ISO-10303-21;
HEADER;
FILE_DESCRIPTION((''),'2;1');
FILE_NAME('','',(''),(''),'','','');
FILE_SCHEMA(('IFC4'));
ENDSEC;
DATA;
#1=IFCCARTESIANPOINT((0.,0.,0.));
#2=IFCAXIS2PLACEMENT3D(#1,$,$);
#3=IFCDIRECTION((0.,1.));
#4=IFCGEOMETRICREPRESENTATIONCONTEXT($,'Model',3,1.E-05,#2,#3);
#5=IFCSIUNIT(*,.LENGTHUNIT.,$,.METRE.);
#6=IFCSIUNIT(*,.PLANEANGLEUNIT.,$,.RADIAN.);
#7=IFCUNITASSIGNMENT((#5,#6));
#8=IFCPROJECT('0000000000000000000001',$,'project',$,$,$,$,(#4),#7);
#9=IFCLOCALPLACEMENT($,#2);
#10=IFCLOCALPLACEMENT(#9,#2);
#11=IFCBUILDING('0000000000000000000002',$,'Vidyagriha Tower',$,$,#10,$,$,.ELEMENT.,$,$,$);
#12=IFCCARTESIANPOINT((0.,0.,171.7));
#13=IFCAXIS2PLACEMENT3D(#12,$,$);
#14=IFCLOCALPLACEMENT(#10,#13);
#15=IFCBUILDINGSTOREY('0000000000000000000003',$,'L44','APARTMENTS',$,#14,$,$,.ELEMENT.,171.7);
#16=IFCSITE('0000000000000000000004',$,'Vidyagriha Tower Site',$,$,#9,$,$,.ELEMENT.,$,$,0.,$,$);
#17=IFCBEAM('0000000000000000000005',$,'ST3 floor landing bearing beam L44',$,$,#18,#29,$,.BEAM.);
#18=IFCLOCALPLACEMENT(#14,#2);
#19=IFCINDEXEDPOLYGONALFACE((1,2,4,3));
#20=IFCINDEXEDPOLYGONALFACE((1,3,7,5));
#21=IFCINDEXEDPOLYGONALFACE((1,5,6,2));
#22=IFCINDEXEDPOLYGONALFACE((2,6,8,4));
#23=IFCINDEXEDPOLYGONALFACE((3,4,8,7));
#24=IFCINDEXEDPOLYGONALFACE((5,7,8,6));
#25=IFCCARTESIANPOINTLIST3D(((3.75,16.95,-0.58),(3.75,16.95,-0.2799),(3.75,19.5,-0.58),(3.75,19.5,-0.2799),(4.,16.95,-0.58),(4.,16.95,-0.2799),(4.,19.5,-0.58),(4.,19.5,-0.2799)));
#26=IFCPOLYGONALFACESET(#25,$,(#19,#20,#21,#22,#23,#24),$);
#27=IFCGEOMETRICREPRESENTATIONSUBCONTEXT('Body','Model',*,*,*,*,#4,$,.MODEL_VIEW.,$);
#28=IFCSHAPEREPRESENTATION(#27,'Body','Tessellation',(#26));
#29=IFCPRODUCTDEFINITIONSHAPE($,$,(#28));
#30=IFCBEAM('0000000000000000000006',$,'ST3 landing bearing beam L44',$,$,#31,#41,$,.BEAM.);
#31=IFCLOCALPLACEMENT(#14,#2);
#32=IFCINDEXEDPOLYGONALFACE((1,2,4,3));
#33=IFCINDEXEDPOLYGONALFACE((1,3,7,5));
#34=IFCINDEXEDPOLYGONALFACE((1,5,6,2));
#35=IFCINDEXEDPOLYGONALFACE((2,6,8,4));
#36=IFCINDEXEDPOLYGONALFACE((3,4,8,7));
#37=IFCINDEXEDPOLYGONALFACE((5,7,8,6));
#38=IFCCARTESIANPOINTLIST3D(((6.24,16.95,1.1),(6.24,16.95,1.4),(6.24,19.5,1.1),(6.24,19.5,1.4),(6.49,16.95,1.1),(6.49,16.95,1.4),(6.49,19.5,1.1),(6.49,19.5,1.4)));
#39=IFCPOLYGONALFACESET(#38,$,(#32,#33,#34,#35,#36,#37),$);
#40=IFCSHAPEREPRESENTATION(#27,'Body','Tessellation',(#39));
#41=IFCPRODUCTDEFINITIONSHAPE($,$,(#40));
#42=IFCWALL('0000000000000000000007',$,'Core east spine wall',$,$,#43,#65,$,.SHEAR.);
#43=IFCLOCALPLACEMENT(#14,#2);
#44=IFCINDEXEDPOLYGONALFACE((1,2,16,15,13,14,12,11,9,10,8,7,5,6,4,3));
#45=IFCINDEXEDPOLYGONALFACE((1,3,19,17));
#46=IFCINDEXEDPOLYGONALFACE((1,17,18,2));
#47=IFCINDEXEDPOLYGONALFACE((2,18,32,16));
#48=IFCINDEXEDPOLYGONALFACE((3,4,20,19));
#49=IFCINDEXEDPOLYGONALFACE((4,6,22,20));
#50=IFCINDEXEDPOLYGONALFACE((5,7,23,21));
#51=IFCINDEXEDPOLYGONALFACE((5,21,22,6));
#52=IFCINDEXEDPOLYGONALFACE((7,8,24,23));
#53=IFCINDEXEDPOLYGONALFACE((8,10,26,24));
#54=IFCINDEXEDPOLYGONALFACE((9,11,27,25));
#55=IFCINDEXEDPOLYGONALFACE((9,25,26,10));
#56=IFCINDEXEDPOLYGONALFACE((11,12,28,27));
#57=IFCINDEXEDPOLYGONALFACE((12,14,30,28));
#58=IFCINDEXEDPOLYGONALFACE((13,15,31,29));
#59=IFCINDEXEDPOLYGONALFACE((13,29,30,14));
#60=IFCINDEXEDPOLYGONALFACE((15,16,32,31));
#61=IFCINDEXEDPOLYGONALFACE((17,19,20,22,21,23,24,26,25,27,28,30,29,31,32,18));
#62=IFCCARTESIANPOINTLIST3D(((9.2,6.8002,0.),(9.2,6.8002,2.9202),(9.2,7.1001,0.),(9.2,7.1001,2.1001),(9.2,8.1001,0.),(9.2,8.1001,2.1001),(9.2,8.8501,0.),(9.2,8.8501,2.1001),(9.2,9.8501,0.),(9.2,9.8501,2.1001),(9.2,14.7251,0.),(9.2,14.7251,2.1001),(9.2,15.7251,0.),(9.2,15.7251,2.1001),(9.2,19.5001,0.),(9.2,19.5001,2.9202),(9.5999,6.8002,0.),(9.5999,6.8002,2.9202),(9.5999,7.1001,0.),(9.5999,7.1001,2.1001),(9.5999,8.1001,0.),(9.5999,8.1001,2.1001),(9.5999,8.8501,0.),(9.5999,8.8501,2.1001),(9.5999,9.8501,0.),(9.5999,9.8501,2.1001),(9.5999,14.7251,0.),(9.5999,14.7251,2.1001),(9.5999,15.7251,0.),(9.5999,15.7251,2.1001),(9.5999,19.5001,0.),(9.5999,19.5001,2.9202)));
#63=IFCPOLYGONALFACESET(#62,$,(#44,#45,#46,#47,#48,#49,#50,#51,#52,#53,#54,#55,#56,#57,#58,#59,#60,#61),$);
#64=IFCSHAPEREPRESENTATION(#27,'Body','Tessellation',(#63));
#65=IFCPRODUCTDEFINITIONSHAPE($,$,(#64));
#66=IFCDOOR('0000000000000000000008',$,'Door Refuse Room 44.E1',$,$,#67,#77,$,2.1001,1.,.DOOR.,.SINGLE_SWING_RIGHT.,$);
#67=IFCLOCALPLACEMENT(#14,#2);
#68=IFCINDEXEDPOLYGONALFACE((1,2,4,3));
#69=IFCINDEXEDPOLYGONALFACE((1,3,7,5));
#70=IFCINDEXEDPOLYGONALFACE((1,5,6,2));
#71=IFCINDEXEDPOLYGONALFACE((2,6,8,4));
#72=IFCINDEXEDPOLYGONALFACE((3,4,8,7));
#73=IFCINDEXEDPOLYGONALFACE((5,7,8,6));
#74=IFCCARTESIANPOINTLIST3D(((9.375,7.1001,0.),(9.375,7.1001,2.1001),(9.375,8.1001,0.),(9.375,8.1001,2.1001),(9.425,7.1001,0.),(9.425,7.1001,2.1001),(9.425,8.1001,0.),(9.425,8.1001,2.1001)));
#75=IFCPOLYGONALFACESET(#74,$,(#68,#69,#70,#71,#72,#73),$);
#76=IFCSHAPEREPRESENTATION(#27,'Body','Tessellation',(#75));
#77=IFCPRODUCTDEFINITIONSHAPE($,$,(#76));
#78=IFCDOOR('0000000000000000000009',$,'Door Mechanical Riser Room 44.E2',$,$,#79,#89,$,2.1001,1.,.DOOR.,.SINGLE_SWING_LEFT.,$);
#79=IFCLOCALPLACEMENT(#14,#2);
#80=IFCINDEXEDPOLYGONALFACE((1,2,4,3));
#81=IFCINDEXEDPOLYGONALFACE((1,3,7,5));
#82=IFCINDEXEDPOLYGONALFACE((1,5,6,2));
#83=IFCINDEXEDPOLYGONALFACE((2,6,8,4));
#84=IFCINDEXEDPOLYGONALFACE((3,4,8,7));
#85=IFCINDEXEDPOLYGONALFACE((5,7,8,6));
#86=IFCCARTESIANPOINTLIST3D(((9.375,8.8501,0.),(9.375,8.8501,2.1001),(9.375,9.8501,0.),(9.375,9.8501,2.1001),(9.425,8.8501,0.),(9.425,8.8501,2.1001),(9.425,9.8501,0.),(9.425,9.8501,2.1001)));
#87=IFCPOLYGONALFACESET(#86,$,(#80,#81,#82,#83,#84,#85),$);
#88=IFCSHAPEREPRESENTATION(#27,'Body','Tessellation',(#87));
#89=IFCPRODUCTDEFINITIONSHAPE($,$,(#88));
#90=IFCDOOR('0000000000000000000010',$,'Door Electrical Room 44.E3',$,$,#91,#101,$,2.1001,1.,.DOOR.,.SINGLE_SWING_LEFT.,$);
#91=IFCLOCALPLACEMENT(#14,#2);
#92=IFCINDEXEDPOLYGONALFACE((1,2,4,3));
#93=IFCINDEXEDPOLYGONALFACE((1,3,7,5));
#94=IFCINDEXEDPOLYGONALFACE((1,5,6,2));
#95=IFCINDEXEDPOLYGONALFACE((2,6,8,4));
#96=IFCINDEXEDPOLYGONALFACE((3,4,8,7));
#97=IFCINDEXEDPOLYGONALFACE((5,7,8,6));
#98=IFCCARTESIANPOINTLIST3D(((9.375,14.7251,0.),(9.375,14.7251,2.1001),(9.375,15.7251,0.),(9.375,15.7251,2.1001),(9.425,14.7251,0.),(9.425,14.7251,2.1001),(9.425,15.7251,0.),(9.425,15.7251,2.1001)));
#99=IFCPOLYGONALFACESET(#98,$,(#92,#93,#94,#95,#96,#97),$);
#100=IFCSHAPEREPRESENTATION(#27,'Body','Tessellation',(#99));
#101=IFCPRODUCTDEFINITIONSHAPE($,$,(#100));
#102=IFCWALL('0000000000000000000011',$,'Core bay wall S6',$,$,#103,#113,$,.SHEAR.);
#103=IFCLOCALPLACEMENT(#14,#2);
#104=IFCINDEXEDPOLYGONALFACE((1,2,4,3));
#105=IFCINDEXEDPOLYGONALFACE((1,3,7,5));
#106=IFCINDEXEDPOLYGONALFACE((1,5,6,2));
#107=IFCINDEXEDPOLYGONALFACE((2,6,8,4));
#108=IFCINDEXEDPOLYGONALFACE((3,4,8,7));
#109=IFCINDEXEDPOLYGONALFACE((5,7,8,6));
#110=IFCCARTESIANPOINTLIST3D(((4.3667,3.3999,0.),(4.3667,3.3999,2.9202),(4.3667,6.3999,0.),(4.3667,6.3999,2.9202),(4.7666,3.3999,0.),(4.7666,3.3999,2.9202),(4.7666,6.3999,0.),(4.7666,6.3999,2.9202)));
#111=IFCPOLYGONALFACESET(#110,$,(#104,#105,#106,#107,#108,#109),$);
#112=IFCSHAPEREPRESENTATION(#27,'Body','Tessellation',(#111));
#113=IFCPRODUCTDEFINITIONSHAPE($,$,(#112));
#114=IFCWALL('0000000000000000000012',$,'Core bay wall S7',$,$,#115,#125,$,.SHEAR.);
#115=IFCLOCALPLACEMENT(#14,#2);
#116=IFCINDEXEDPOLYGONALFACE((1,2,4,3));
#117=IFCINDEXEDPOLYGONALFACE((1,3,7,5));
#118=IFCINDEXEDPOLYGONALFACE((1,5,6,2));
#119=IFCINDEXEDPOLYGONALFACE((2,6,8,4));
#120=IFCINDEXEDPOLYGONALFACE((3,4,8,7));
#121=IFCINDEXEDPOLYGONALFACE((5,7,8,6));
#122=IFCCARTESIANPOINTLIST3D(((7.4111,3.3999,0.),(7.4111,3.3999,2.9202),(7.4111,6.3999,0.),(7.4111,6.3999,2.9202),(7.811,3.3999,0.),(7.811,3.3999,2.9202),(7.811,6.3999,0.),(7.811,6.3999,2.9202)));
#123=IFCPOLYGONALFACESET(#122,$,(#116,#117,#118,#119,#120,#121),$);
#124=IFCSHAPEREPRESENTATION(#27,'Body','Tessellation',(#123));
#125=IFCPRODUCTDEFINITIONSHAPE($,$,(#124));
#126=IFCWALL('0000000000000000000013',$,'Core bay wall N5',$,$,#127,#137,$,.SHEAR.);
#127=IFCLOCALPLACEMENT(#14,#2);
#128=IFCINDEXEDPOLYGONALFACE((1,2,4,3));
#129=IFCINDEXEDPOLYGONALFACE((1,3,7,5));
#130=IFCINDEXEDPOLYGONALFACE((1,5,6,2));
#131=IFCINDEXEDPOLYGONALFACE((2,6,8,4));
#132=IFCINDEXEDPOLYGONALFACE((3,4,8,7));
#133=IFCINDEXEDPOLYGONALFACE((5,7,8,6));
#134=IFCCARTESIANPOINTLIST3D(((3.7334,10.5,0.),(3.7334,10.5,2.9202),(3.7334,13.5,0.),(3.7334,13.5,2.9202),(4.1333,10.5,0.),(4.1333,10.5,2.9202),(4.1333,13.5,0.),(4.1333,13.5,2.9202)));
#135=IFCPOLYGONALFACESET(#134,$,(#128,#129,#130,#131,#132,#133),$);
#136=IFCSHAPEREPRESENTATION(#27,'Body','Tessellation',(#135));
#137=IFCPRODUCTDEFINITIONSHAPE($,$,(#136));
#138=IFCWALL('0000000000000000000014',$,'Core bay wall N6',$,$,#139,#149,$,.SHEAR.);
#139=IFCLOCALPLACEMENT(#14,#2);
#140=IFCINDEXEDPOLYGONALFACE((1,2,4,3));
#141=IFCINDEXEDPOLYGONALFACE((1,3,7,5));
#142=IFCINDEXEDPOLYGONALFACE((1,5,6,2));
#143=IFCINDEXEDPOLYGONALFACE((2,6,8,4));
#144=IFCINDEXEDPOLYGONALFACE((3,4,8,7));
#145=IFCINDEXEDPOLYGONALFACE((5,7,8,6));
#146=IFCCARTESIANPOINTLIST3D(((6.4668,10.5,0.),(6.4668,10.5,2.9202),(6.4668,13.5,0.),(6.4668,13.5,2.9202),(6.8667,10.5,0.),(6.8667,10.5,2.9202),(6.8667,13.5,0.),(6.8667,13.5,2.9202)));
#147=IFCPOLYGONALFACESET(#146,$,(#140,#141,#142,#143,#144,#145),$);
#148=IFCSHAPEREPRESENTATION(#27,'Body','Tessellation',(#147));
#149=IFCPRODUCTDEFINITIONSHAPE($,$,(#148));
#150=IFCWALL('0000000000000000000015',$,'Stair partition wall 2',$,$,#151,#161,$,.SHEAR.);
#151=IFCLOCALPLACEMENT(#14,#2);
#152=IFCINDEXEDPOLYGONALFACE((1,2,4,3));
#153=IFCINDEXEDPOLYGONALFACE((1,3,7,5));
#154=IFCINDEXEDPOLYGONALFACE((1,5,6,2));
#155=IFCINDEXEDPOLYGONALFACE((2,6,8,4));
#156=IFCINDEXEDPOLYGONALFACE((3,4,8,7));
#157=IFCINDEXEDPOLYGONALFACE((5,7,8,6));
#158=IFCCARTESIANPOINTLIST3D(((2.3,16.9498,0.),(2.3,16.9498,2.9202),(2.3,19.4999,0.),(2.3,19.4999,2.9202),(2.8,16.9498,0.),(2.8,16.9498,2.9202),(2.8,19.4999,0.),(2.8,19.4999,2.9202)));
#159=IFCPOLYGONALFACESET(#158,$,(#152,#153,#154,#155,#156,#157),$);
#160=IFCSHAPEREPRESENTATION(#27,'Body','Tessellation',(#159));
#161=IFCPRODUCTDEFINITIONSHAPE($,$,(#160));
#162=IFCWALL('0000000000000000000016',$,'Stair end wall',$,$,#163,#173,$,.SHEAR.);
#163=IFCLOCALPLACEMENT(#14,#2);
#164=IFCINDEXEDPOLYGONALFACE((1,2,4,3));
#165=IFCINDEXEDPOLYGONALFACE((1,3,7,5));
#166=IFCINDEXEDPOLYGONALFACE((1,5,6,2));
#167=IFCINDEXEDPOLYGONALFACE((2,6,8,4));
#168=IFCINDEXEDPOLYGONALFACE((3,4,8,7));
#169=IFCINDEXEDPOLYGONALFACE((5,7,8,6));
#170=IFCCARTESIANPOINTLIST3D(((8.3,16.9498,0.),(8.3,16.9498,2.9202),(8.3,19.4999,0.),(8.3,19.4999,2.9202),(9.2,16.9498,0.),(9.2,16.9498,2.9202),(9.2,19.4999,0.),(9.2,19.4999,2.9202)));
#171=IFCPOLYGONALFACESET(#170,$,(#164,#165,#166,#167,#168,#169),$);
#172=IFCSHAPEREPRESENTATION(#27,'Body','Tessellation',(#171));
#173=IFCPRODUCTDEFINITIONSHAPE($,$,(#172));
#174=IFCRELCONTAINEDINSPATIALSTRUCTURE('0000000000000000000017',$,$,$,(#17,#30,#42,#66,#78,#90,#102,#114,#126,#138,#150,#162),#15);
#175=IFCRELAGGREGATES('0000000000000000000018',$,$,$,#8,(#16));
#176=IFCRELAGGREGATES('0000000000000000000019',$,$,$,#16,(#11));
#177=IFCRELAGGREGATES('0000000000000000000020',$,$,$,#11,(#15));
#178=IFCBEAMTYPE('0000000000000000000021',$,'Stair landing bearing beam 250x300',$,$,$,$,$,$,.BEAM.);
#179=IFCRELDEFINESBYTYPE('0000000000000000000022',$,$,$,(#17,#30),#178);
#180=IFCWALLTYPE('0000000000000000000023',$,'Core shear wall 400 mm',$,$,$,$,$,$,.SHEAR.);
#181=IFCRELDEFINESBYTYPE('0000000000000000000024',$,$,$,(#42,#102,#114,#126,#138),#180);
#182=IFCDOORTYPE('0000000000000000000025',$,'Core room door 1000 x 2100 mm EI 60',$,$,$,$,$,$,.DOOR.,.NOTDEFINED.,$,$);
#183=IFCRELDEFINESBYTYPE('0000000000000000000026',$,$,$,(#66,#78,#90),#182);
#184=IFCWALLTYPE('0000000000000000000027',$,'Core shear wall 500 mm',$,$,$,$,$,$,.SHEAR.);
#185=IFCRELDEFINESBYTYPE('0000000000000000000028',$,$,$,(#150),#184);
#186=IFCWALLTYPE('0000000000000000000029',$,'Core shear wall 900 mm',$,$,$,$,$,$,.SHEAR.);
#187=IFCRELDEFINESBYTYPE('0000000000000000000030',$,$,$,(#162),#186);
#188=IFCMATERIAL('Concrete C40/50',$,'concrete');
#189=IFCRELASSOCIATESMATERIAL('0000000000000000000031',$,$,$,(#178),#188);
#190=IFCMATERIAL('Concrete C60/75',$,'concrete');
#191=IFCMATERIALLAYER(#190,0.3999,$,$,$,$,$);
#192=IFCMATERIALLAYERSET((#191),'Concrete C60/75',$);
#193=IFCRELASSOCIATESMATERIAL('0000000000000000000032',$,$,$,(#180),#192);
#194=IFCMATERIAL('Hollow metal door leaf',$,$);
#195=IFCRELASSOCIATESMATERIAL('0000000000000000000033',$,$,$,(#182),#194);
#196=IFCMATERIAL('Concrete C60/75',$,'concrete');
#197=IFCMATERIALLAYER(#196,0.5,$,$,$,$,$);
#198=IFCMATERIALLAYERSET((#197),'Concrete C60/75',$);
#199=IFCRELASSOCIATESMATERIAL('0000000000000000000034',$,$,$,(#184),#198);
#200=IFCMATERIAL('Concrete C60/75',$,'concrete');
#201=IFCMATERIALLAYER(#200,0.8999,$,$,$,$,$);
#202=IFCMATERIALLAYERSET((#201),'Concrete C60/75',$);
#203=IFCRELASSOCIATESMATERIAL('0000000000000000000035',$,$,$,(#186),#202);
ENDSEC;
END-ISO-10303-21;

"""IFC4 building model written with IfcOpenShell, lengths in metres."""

from ifc_helpers import new_model, si_unit, direction, frame, frame_2d, origin, origin_2d, place, context, subcontext, project, spatial, rectangle, extrude, material, layer, layer_set, material_profile, profile_set, type_object, element, fill, save


model = new_model("IFC4")

# Units and contexts
model_context = context("Model", 3, precision=1e-05, world=origin(), true_north=direction((0.0, 1.0)))
body_context = subcontext(model_context, "Body", "Model", "MODEL_VIEW")
ifc_project = project(units=[si_unit("LENGTHUNIT", "METRE"), si_unit("PLANEANGLEUNIT", "RADIAN")], contexts=[model_context])

# Site, building, storey
site_placement = place(None, origin())
site = spatial("IfcSite", under=ifc_project, at=site_placement, Name="Vidyagriha Tower Site", CompositionType="ELEMENT", RefElevation=0.0)
building_placement = place(site_placement, origin())
building = spatial("IfcBuilding", under=site, at=building_placement, Name="Vidyagriha Tower", CompositionType="ELEMENT")
storey_placement = place(building_placement, frame((0.0, 0.0, 171.7)))
storey = spatial("IfcBuildingStorey", under=building, at=storey_placement, Name="L44", Description="APARTMENTS", CompositionType="ELEMENT", Elevation=171.7)

# Beams
ifc_material_1 = material(Name="Concrete C40/50", Category="concrete")
ifc_material_profile = material_profile(ifc_material_1, rectangle(XDim=0.25, YDim=0.3, at=origin_2d()), Name="Stair landing bearing beam 250x300")
ifc_profile_set = profile_set([ifc_material_profile], Name="Concrete C40/50")
beam_type = type_object("IfcBeamType", Name="Stair landing bearing beam 250x300", PredefinedType="BEAM", material=ifc_profile_set)
for number, where, z_axis, x_axis, name in (
    (1, (3.875, 16.95, -0.4299), (0.0, 1.0, 0.0), (-1.0, 0.0, 0.0), "ST3 floor landing bearing beam L44"),
    (2, (6.365, 16.95, 1.25), (0.0, 1.0, 0.0), (-1.0, 0.0, 0.0), "ST3 landing bearing beam L44"),
):
    element("IfcBeam", number, at=place(storey_placement, frame(where, z_axis=z_axis, x_axis=x_axis)), inside=storey, type_object=beam_type, Name=name, PredefinedType="BEAM", context=body_context, shape_type="SweptSolid", body=[
        extrude(rectangle(XDim=0.25, YDim=0.3, at=origin_2d()), origin(), (0.0, 0.0, 1.0), 2.55),
    ])

# Wall, openings, doors
ifc_material_2 = material(Name="Concrete C60/75", Category="concrete")
ifc_layer_1 = layer(ifc_material_2, 0.3999)
ifc_layer_set_1 = layer_set([ifc_layer_1], Name="Concrete C60/75")
wall_type_1 = type_object("IfcWallType", Name="Core shear wall 400 mm", PredefinedType="SHEAR", material=ifc_layer_set_1)
wall_1_placement = place(storey_placement, frame((9.3999, 6.8, 0.0), z_axis=(0.0, 0.0, 1.0), x_axis=(0.0, 1.0, 0.0)))
wall_1 = element("IfcWall", 3, at=wall_1_placement, inside=storey, type_object=wall_type_1, Name="Core east spine wall", PredefinedType="SHEAR", context=body_context, shape_type="SweptSolid", body=[
    extrude(rectangle(XDim=12.7, YDim=0.3999, at=frame_2d((6.3501, 0.0))), origin(), (0.0, 0.0, 1.0), 2.9202),
])
opening_1_placement = place(wall_1_placement, frame((0.3, 0.0, 0.0)))
opening_1 = element("IfcOpeningElement", 4, at=opening_1_placement, cuts=wall_1, PredefinedType="OPENING", context=body_context, shape_type="SweptSolid", body=[
    extrude(rectangle(XDim=1.0, YDim=2.1001, at=frame_2d((0.5, 1.05))), frame((0.0, 0.21, 0.0), z_axis=(0.0, -1.0, 0.0), x_axis=(1.0, 0.0, 0.0)), (0.0, 0.0, 1.0), 0.4199),
])
opening_2_placement = place(wall_1_placement, frame((2.05, 0.0, 0.0)))
opening_2 = element("IfcOpeningElement", 5, at=opening_2_placement, cuts=wall_1, PredefinedType="OPENING", context=body_context, shape_type="SweptSolid", body=[
    extrude(rectangle(XDim=1.0, YDim=2.1001, at=frame_2d((0.5, 1.05))), frame((0.0, 0.21, 0.0), z_axis=(0.0, -1.0, 0.0), x_axis=(1.0, 0.0, 0.0)), (0.0, 0.0, 1.0), 0.4199),
])
opening_3_placement = place(wall_1_placement, frame((7.925, 0.0, 0.0)))
opening_3 = element("IfcOpeningElement", 6, at=opening_3_placement, cuts=wall_1, PredefinedType="OPENING", context=body_context, shape_type="SweptSolid", body=[
    extrude(rectangle(XDim=1.0, YDim=2.1001, at=frame_2d((0.5, 1.05))), frame((0.0, 0.21, 0.0), z_axis=(0.0, -1.0, 0.0), x_axis=(1.0, 0.0, 0.0)), (0.0, 0.0, 1.0), 0.4199),
])
ifc_material_3 = material(Name="Hollow metal door leaf")
door_type_1 = type_object("IfcDoorType", Name="Core room door 1000 x 2100 mm EI 60", OperationType="NOTDEFINED", PredefinedType="DOOR", material=ifc_material_3)
door_1_placement = place(opening_1_placement, origin())
door_1 = element("IfcDoor", 7, at=door_1_placement, inside=storey, type_object=door_type_1, Name="Door Refuse Room 44.E1", OperationType="SINGLE_SWING_RIGHT", OverallHeight=2.1001, OverallWidth=1.0, PredefinedType="DOOR", context=body_context, shape_type="SweptSolid", body=[
    extrude(rectangle(XDim=1.0, YDim=2.1001, at=frame_2d((0.5, 1.05))), frame((0.0, 0.0249, 0.0), z_axis=(0.0, -1.0, 0.0), x_axis=(1.0, 0.0, 0.0)), (0.0, 0.0, 1.0), 0.05),
])
fill(opening_1, door_1)
door_2_placement = place(opening_2_placement, origin())
door_2 = element("IfcDoor", 8, at=door_2_placement, inside=storey, type_object=door_type_1, Name="Door Mechanical Riser Room 44.E2", OperationType="SINGLE_SWING_LEFT", OverallHeight=2.1001, OverallWidth=1.0, PredefinedType="DOOR", context=body_context, shape_type="SweptSolid", body=[
    extrude(rectangle(XDim=1.0, YDim=2.1001, at=frame_2d((0.5, 1.05))), frame((0.0, 0.0249, 0.0), z_axis=(0.0, -1.0, 0.0), x_axis=(1.0, 0.0, 0.0)), (0.0, 0.0, 1.0), 0.05),
])
fill(opening_2, door_2)
door_3_placement = place(opening_3_placement, origin())
door_3 = element("IfcDoor", 9, at=door_3_placement, inside=storey, type_object=door_type_1, Name="Door Electrical Room 44.E3", OperationType="SINGLE_SWING_LEFT", OverallHeight=2.1001, OverallWidth=1.0, PredefinedType="DOOR", context=body_context, shape_type="SweptSolid", body=[
    extrude(rectangle(XDim=1.0, YDim=2.1001, at=frame_2d((0.5, 1.05))), frame((0.0, 0.0249, 0.0), z_axis=(0.0, -1.0, 0.0), x_axis=(1.0, 0.0, 0.0)), (0.0, 0.0, 1.0), 0.05),
])
fill(opening_3, door_3)

# Walls
for number, where, z_axis, x_axis, name in (
    (10, (4.5667, 3.3999, 0.0), (0.0, 0.0, 1.0), (0.0, 1.0, 0.0), "Core bay wall S6"),
    (11, (7.6111, 3.3999, 0.0), (0.0, 0.0, 1.0), (0.0, 1.0, 0.0), "Core bay wall S7"),
    (12, (3.9333, 10.5, 0.0), (0.0, 0.0, 1.0), (0.0, 1.0, 0.0), "Core bay wall N5"),
    (13, (6.6667, 10.5, 0.0), (0.0, 0.0, 1.0), (0.0, 1.0, 0.0), "Core bay wall N6"),
):
    element("IfcWall", number, at=place(storey_placement, frame(where, z_axis=z_axis, x_axis=x_axis)), inside=storey, type_object=wall_type_1, Name=name, PredefinedType="SHEAR", context=body_context, shape_type="SweptSolid", body=[
        extrude(rectangle(XDim=3.0, YDim=0.3999, at=frame_2d((1.5, 0.0))), origin(), (0.0, 0.0, 1.0), 2.9202),
    ])
ifc_material_4 = material(Name="Concrete C60/75", Category="concrete")
ifc_layer_2 = layer(ifc_material_4, 0.5)
ifc_layer_set_2 = layer_set([ifc_layer_2], Name="Concrete C60/75")
wall_type_2 = type_object("IfcWallType", Name="Core shear wall 500 mm", PredefinedType="SHEAR", material=ifc_layer_set_2)
wall_2_placement = place(storey_placement, frame((2.55, 16.95, 0.0), z_axis=(0.0, 0.0, 1.0), x_axis=(0.0, 1.0, 0.0)))
element("IfcWall", 14, at=wall_2_placement, inside=storey, type_object=wall_type_2, Name="Stair partition wall 2", PredefinedType="SHEAR", context=body_context, shape_type="SweptSolid", body=[
    extrude(rectangle(XDim=2.55, YDim=0.5, at=frame_2d((1.2749, 0.0))), origin(), (0.0, 0.0, 1.0), 2.9202),
])
ifc_material_5 = material(Name="Concrete C60/75", Category="concrete")
ifc_layer_3 = layer(ifc_material_5, 0.8999)
ifc_layer_set_3 = layer_set([ifc_layer_3], Name="Concrete C60/75")
wall_type_3 = type_object("IfcWallType", Name="Core shear wall 900 mm", PredefinedType="SHEAR", material=ifc_layer_set_3)
wall_3_placement = place(storey_placement, frame((8.75, 16.95, 0.0), z_axis=(0.0, 0.0, 1.0), x_axis=(0.0, 1.0, 0.0)))
element("IfcWall", 15, at=wall_3_placement, inside=storey, type_object=wall_type_3, Name="Stair end wall", PredefinedType="SHEAR", context=body_context, shape_type="SweptSolid", body=[
    extrude(rectangle(XDim=2.55, YDim=0.8999, at=frame_2d((1.2749, 0.0))), origin(), (0.0, 0.0, 1.0), 2.9202),
])

save(model, "model.ifc")
